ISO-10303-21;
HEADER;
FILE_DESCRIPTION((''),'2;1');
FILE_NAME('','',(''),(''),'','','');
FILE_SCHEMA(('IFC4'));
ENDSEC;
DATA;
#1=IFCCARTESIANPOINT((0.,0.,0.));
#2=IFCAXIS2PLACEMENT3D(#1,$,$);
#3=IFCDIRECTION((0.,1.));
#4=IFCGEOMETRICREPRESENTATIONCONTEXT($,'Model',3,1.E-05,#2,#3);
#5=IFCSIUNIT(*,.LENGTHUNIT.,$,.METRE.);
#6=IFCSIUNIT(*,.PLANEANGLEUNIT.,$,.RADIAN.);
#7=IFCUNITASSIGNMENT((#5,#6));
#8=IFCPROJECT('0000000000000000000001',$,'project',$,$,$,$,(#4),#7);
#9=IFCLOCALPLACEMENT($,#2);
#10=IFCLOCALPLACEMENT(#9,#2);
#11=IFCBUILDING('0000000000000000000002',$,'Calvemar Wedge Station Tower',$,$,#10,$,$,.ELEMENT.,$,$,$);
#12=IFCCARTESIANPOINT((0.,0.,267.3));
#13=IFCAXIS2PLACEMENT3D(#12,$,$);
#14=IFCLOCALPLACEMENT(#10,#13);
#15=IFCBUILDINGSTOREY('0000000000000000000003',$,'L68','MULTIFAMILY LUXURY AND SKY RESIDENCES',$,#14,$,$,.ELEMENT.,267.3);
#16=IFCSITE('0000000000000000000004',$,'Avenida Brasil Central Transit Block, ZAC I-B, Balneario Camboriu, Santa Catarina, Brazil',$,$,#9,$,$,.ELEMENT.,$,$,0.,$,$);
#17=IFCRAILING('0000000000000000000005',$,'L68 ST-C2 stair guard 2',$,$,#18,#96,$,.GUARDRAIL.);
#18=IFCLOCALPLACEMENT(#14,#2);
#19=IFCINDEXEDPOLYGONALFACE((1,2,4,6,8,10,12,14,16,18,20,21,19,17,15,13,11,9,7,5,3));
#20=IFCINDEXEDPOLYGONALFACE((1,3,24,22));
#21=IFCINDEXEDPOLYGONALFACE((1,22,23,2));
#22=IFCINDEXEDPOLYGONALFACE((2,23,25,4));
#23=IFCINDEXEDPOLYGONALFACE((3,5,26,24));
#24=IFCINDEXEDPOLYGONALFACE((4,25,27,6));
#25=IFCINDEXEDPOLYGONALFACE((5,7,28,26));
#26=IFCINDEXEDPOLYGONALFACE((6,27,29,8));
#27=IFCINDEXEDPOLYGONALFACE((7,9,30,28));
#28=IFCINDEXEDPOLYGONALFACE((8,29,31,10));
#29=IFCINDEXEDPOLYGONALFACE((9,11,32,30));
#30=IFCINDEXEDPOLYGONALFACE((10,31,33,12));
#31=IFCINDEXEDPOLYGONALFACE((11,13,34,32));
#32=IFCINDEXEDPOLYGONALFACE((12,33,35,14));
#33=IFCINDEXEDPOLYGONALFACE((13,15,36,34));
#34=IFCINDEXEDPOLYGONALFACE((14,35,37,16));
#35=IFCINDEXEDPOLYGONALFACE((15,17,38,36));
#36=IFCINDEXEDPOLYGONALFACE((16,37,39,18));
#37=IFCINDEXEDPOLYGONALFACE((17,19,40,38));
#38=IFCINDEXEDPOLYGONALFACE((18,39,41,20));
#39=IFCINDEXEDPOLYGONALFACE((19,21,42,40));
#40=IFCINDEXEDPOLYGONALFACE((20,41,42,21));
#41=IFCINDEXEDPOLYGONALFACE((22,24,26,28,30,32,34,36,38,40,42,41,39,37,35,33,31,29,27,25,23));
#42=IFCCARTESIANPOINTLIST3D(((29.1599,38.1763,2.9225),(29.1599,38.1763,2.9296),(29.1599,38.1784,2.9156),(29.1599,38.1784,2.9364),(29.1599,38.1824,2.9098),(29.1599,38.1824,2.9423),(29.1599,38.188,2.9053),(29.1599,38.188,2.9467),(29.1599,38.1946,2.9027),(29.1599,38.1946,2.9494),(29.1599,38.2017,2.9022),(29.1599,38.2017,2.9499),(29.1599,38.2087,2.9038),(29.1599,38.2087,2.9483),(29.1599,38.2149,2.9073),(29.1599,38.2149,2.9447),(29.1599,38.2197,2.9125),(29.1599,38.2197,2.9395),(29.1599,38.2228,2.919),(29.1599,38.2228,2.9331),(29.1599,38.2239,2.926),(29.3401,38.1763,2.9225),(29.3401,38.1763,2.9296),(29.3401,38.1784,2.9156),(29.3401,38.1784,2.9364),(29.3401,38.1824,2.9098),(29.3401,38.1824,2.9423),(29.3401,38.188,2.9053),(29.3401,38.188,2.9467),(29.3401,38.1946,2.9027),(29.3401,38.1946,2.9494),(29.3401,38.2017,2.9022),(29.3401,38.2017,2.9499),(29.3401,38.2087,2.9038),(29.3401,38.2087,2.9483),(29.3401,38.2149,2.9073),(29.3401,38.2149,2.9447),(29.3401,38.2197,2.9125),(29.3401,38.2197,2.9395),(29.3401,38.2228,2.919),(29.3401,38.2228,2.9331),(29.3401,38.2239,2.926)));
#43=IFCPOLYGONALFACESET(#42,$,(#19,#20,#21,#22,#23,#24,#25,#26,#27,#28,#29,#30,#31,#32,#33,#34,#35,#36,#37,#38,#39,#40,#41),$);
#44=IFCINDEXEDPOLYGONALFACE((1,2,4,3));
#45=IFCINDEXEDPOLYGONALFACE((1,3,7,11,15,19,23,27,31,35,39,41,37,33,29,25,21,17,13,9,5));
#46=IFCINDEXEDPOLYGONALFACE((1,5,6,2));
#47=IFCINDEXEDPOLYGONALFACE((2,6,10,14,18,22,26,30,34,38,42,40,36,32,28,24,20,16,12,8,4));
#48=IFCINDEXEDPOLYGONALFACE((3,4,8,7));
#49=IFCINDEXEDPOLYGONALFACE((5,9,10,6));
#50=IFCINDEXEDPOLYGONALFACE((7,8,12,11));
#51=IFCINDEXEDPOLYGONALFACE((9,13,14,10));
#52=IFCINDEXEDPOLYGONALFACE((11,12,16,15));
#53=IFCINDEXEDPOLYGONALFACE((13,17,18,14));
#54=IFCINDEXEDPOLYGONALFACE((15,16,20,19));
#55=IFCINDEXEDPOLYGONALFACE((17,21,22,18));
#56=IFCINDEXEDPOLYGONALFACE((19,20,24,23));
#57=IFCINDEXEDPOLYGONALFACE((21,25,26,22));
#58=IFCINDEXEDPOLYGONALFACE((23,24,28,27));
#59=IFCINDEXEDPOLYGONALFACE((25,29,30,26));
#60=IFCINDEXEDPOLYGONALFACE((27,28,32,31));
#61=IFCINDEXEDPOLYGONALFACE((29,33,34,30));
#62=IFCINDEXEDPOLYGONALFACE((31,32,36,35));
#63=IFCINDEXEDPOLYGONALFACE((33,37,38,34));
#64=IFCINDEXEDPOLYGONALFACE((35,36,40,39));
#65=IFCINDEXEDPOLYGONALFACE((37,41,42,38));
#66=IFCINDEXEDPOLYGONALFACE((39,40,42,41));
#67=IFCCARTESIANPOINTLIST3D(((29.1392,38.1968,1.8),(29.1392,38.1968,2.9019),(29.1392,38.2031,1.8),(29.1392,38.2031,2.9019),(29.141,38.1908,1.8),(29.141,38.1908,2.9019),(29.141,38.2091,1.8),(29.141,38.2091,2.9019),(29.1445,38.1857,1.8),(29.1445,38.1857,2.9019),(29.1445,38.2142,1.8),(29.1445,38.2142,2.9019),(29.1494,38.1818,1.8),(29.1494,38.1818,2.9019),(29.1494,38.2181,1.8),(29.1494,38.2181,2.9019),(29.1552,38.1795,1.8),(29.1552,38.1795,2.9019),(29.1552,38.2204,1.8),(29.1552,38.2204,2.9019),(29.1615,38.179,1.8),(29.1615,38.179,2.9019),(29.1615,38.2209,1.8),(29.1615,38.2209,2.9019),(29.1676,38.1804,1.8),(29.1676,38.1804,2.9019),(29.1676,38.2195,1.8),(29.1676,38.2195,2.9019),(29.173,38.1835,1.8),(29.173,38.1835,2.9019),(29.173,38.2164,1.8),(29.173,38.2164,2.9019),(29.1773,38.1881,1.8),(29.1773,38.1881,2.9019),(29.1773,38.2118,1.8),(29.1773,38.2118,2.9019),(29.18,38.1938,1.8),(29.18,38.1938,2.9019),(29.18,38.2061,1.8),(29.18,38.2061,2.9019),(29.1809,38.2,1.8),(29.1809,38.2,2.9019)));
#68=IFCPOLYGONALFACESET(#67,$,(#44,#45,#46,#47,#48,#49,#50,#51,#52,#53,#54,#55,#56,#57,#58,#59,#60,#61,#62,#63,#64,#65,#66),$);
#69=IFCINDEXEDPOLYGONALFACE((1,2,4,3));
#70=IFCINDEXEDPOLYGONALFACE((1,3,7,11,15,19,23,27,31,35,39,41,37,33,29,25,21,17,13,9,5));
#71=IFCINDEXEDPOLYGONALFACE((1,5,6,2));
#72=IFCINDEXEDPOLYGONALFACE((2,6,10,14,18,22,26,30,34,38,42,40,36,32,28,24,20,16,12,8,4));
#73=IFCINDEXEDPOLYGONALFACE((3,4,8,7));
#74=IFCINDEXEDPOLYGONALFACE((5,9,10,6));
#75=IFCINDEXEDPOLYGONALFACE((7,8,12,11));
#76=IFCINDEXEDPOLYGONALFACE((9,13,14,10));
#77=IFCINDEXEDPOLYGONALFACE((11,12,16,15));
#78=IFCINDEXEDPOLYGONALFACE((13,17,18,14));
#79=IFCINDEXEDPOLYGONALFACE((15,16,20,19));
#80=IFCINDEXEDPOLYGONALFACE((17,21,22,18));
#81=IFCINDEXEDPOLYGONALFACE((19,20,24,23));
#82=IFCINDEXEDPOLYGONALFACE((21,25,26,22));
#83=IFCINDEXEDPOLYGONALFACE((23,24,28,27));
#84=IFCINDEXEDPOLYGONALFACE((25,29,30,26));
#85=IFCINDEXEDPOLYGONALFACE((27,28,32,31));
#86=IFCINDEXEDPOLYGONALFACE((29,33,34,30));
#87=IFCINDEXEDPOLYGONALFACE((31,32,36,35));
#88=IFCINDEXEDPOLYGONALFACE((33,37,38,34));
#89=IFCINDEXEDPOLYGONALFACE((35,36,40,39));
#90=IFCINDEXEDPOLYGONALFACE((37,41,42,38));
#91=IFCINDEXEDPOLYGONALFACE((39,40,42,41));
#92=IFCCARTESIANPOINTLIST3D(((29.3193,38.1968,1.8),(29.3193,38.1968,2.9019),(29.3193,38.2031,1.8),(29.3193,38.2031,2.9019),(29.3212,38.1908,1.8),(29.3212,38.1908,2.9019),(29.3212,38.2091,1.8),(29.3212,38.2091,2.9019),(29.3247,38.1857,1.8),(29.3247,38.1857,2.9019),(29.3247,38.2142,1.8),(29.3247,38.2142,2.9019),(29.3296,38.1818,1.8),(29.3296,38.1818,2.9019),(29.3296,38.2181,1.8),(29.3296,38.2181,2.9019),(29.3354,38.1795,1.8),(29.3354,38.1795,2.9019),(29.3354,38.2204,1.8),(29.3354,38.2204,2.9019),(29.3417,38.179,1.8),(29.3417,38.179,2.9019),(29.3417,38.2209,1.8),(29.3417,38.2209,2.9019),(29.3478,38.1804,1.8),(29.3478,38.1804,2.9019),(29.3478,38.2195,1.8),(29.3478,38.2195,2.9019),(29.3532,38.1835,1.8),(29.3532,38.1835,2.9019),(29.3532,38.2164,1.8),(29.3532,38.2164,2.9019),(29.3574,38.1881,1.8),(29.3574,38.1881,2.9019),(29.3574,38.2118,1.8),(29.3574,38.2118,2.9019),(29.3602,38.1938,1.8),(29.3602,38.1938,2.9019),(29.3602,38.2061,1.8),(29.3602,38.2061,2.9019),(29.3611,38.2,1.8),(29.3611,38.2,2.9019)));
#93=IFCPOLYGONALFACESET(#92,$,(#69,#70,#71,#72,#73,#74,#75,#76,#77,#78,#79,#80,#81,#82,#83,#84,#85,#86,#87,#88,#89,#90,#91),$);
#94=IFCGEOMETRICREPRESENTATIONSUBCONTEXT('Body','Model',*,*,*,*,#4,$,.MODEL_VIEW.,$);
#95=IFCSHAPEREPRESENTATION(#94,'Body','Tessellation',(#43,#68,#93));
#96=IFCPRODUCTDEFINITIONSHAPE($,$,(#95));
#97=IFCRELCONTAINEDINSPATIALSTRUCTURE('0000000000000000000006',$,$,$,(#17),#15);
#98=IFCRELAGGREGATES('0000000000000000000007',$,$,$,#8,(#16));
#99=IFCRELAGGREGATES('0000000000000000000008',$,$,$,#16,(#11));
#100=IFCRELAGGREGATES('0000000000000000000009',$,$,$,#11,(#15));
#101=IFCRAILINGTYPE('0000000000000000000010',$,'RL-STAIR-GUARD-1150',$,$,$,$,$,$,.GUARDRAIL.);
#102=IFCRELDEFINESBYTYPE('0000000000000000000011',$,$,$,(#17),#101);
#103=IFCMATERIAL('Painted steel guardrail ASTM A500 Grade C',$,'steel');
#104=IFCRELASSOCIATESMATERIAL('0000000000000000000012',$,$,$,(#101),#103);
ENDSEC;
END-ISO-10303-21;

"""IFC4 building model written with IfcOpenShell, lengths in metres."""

from ifc_helpers import new_model, si_unit, direction, frame, origin, origin_2d, place, context, subcontext, project, spatial, circle, extrude, material, type_object, element, save


model = new_model("IFC4")

# Units and contexts
model_context = context("Model", 3, precision=1e-05, world=origin(), true_north=direction((0.0, 1.0)))
body_context = subcontext(model_context, "Body", "Model", "MODEL_VIEW")
ifc_project = project(units=[si_unit("LENGTHUNIT", "METRE"), si_unit("PLANEANGLEUNIT", "RADIAN")], contexts=[model_context])

# Site, building, storey
site_placement = place(None, origin())
site = spatial("IfcSite", under=ifc_project, at=site_placement, Name="Avenida Brasil Central Transit Block, ZAC I-B, Balneario Camboriu, Santa Catarina, Brazil", CompositionType="ELEMENT", RefElevation=0.0)
building_placement = place(site_placement, origin())
building = spatial("IfcBuilding", under=site, at=building_placement, Name="Calvemar Wedge Station Tower", CompositionType="ELEMENT")
storey_placement = place(building_placement, frame((0.0, 0.0, 267.3)))
storey = spatial("IfcBuildingStorey", under=building, at=storey_placement, Name="L68", Description="MULTIFAMILY LUXURY AND SKY RESIDENCES", CompositionType="ELEMENT", Elevation=267.3)

# Railing
ifc_material_1 = material(Name="Painted steel guardrail ASTM A500 Grade C", Category="steel")
railing_type = type_object("IfcRailingType", Name="RL-STAIR-GUARD-1150", PredefinedType="GUARDRAIL", material=ifc_material_1)
railing_placement = place(storey_placement, frame((29.1599, 38.2, 1.8)))
element("IfcRailing", 1, at=railing_placement, inside=storey, type_object=railing_type, Name="L68 ST-C2 stair guard 2", PredefinedType="GUARDRAIL", context=body_context, shape_type="SweptSolid", body=[
    extrude(circle(Radius=0.0239, at=origin_2d()), frame((0.0, 0.0, 1.126), z_axis=(1.0, 0.0, 0.0), x_axis=(0.0, 1.0, 0.0)), (0.0, 0.0, 1.0), 0.1802),
    extrude(circle(Radius=0.021, at=origin_2d()), origin(), (0.0, 0.0, 1.0), 1.1018),
    extrude(circle(Radius=0.021, at=origin_2d()), frame((0.1802, 0.0, 0.0)), (0.0, 0.0, 1.0), 1.1018),
])

save(model, "model.ifc")
